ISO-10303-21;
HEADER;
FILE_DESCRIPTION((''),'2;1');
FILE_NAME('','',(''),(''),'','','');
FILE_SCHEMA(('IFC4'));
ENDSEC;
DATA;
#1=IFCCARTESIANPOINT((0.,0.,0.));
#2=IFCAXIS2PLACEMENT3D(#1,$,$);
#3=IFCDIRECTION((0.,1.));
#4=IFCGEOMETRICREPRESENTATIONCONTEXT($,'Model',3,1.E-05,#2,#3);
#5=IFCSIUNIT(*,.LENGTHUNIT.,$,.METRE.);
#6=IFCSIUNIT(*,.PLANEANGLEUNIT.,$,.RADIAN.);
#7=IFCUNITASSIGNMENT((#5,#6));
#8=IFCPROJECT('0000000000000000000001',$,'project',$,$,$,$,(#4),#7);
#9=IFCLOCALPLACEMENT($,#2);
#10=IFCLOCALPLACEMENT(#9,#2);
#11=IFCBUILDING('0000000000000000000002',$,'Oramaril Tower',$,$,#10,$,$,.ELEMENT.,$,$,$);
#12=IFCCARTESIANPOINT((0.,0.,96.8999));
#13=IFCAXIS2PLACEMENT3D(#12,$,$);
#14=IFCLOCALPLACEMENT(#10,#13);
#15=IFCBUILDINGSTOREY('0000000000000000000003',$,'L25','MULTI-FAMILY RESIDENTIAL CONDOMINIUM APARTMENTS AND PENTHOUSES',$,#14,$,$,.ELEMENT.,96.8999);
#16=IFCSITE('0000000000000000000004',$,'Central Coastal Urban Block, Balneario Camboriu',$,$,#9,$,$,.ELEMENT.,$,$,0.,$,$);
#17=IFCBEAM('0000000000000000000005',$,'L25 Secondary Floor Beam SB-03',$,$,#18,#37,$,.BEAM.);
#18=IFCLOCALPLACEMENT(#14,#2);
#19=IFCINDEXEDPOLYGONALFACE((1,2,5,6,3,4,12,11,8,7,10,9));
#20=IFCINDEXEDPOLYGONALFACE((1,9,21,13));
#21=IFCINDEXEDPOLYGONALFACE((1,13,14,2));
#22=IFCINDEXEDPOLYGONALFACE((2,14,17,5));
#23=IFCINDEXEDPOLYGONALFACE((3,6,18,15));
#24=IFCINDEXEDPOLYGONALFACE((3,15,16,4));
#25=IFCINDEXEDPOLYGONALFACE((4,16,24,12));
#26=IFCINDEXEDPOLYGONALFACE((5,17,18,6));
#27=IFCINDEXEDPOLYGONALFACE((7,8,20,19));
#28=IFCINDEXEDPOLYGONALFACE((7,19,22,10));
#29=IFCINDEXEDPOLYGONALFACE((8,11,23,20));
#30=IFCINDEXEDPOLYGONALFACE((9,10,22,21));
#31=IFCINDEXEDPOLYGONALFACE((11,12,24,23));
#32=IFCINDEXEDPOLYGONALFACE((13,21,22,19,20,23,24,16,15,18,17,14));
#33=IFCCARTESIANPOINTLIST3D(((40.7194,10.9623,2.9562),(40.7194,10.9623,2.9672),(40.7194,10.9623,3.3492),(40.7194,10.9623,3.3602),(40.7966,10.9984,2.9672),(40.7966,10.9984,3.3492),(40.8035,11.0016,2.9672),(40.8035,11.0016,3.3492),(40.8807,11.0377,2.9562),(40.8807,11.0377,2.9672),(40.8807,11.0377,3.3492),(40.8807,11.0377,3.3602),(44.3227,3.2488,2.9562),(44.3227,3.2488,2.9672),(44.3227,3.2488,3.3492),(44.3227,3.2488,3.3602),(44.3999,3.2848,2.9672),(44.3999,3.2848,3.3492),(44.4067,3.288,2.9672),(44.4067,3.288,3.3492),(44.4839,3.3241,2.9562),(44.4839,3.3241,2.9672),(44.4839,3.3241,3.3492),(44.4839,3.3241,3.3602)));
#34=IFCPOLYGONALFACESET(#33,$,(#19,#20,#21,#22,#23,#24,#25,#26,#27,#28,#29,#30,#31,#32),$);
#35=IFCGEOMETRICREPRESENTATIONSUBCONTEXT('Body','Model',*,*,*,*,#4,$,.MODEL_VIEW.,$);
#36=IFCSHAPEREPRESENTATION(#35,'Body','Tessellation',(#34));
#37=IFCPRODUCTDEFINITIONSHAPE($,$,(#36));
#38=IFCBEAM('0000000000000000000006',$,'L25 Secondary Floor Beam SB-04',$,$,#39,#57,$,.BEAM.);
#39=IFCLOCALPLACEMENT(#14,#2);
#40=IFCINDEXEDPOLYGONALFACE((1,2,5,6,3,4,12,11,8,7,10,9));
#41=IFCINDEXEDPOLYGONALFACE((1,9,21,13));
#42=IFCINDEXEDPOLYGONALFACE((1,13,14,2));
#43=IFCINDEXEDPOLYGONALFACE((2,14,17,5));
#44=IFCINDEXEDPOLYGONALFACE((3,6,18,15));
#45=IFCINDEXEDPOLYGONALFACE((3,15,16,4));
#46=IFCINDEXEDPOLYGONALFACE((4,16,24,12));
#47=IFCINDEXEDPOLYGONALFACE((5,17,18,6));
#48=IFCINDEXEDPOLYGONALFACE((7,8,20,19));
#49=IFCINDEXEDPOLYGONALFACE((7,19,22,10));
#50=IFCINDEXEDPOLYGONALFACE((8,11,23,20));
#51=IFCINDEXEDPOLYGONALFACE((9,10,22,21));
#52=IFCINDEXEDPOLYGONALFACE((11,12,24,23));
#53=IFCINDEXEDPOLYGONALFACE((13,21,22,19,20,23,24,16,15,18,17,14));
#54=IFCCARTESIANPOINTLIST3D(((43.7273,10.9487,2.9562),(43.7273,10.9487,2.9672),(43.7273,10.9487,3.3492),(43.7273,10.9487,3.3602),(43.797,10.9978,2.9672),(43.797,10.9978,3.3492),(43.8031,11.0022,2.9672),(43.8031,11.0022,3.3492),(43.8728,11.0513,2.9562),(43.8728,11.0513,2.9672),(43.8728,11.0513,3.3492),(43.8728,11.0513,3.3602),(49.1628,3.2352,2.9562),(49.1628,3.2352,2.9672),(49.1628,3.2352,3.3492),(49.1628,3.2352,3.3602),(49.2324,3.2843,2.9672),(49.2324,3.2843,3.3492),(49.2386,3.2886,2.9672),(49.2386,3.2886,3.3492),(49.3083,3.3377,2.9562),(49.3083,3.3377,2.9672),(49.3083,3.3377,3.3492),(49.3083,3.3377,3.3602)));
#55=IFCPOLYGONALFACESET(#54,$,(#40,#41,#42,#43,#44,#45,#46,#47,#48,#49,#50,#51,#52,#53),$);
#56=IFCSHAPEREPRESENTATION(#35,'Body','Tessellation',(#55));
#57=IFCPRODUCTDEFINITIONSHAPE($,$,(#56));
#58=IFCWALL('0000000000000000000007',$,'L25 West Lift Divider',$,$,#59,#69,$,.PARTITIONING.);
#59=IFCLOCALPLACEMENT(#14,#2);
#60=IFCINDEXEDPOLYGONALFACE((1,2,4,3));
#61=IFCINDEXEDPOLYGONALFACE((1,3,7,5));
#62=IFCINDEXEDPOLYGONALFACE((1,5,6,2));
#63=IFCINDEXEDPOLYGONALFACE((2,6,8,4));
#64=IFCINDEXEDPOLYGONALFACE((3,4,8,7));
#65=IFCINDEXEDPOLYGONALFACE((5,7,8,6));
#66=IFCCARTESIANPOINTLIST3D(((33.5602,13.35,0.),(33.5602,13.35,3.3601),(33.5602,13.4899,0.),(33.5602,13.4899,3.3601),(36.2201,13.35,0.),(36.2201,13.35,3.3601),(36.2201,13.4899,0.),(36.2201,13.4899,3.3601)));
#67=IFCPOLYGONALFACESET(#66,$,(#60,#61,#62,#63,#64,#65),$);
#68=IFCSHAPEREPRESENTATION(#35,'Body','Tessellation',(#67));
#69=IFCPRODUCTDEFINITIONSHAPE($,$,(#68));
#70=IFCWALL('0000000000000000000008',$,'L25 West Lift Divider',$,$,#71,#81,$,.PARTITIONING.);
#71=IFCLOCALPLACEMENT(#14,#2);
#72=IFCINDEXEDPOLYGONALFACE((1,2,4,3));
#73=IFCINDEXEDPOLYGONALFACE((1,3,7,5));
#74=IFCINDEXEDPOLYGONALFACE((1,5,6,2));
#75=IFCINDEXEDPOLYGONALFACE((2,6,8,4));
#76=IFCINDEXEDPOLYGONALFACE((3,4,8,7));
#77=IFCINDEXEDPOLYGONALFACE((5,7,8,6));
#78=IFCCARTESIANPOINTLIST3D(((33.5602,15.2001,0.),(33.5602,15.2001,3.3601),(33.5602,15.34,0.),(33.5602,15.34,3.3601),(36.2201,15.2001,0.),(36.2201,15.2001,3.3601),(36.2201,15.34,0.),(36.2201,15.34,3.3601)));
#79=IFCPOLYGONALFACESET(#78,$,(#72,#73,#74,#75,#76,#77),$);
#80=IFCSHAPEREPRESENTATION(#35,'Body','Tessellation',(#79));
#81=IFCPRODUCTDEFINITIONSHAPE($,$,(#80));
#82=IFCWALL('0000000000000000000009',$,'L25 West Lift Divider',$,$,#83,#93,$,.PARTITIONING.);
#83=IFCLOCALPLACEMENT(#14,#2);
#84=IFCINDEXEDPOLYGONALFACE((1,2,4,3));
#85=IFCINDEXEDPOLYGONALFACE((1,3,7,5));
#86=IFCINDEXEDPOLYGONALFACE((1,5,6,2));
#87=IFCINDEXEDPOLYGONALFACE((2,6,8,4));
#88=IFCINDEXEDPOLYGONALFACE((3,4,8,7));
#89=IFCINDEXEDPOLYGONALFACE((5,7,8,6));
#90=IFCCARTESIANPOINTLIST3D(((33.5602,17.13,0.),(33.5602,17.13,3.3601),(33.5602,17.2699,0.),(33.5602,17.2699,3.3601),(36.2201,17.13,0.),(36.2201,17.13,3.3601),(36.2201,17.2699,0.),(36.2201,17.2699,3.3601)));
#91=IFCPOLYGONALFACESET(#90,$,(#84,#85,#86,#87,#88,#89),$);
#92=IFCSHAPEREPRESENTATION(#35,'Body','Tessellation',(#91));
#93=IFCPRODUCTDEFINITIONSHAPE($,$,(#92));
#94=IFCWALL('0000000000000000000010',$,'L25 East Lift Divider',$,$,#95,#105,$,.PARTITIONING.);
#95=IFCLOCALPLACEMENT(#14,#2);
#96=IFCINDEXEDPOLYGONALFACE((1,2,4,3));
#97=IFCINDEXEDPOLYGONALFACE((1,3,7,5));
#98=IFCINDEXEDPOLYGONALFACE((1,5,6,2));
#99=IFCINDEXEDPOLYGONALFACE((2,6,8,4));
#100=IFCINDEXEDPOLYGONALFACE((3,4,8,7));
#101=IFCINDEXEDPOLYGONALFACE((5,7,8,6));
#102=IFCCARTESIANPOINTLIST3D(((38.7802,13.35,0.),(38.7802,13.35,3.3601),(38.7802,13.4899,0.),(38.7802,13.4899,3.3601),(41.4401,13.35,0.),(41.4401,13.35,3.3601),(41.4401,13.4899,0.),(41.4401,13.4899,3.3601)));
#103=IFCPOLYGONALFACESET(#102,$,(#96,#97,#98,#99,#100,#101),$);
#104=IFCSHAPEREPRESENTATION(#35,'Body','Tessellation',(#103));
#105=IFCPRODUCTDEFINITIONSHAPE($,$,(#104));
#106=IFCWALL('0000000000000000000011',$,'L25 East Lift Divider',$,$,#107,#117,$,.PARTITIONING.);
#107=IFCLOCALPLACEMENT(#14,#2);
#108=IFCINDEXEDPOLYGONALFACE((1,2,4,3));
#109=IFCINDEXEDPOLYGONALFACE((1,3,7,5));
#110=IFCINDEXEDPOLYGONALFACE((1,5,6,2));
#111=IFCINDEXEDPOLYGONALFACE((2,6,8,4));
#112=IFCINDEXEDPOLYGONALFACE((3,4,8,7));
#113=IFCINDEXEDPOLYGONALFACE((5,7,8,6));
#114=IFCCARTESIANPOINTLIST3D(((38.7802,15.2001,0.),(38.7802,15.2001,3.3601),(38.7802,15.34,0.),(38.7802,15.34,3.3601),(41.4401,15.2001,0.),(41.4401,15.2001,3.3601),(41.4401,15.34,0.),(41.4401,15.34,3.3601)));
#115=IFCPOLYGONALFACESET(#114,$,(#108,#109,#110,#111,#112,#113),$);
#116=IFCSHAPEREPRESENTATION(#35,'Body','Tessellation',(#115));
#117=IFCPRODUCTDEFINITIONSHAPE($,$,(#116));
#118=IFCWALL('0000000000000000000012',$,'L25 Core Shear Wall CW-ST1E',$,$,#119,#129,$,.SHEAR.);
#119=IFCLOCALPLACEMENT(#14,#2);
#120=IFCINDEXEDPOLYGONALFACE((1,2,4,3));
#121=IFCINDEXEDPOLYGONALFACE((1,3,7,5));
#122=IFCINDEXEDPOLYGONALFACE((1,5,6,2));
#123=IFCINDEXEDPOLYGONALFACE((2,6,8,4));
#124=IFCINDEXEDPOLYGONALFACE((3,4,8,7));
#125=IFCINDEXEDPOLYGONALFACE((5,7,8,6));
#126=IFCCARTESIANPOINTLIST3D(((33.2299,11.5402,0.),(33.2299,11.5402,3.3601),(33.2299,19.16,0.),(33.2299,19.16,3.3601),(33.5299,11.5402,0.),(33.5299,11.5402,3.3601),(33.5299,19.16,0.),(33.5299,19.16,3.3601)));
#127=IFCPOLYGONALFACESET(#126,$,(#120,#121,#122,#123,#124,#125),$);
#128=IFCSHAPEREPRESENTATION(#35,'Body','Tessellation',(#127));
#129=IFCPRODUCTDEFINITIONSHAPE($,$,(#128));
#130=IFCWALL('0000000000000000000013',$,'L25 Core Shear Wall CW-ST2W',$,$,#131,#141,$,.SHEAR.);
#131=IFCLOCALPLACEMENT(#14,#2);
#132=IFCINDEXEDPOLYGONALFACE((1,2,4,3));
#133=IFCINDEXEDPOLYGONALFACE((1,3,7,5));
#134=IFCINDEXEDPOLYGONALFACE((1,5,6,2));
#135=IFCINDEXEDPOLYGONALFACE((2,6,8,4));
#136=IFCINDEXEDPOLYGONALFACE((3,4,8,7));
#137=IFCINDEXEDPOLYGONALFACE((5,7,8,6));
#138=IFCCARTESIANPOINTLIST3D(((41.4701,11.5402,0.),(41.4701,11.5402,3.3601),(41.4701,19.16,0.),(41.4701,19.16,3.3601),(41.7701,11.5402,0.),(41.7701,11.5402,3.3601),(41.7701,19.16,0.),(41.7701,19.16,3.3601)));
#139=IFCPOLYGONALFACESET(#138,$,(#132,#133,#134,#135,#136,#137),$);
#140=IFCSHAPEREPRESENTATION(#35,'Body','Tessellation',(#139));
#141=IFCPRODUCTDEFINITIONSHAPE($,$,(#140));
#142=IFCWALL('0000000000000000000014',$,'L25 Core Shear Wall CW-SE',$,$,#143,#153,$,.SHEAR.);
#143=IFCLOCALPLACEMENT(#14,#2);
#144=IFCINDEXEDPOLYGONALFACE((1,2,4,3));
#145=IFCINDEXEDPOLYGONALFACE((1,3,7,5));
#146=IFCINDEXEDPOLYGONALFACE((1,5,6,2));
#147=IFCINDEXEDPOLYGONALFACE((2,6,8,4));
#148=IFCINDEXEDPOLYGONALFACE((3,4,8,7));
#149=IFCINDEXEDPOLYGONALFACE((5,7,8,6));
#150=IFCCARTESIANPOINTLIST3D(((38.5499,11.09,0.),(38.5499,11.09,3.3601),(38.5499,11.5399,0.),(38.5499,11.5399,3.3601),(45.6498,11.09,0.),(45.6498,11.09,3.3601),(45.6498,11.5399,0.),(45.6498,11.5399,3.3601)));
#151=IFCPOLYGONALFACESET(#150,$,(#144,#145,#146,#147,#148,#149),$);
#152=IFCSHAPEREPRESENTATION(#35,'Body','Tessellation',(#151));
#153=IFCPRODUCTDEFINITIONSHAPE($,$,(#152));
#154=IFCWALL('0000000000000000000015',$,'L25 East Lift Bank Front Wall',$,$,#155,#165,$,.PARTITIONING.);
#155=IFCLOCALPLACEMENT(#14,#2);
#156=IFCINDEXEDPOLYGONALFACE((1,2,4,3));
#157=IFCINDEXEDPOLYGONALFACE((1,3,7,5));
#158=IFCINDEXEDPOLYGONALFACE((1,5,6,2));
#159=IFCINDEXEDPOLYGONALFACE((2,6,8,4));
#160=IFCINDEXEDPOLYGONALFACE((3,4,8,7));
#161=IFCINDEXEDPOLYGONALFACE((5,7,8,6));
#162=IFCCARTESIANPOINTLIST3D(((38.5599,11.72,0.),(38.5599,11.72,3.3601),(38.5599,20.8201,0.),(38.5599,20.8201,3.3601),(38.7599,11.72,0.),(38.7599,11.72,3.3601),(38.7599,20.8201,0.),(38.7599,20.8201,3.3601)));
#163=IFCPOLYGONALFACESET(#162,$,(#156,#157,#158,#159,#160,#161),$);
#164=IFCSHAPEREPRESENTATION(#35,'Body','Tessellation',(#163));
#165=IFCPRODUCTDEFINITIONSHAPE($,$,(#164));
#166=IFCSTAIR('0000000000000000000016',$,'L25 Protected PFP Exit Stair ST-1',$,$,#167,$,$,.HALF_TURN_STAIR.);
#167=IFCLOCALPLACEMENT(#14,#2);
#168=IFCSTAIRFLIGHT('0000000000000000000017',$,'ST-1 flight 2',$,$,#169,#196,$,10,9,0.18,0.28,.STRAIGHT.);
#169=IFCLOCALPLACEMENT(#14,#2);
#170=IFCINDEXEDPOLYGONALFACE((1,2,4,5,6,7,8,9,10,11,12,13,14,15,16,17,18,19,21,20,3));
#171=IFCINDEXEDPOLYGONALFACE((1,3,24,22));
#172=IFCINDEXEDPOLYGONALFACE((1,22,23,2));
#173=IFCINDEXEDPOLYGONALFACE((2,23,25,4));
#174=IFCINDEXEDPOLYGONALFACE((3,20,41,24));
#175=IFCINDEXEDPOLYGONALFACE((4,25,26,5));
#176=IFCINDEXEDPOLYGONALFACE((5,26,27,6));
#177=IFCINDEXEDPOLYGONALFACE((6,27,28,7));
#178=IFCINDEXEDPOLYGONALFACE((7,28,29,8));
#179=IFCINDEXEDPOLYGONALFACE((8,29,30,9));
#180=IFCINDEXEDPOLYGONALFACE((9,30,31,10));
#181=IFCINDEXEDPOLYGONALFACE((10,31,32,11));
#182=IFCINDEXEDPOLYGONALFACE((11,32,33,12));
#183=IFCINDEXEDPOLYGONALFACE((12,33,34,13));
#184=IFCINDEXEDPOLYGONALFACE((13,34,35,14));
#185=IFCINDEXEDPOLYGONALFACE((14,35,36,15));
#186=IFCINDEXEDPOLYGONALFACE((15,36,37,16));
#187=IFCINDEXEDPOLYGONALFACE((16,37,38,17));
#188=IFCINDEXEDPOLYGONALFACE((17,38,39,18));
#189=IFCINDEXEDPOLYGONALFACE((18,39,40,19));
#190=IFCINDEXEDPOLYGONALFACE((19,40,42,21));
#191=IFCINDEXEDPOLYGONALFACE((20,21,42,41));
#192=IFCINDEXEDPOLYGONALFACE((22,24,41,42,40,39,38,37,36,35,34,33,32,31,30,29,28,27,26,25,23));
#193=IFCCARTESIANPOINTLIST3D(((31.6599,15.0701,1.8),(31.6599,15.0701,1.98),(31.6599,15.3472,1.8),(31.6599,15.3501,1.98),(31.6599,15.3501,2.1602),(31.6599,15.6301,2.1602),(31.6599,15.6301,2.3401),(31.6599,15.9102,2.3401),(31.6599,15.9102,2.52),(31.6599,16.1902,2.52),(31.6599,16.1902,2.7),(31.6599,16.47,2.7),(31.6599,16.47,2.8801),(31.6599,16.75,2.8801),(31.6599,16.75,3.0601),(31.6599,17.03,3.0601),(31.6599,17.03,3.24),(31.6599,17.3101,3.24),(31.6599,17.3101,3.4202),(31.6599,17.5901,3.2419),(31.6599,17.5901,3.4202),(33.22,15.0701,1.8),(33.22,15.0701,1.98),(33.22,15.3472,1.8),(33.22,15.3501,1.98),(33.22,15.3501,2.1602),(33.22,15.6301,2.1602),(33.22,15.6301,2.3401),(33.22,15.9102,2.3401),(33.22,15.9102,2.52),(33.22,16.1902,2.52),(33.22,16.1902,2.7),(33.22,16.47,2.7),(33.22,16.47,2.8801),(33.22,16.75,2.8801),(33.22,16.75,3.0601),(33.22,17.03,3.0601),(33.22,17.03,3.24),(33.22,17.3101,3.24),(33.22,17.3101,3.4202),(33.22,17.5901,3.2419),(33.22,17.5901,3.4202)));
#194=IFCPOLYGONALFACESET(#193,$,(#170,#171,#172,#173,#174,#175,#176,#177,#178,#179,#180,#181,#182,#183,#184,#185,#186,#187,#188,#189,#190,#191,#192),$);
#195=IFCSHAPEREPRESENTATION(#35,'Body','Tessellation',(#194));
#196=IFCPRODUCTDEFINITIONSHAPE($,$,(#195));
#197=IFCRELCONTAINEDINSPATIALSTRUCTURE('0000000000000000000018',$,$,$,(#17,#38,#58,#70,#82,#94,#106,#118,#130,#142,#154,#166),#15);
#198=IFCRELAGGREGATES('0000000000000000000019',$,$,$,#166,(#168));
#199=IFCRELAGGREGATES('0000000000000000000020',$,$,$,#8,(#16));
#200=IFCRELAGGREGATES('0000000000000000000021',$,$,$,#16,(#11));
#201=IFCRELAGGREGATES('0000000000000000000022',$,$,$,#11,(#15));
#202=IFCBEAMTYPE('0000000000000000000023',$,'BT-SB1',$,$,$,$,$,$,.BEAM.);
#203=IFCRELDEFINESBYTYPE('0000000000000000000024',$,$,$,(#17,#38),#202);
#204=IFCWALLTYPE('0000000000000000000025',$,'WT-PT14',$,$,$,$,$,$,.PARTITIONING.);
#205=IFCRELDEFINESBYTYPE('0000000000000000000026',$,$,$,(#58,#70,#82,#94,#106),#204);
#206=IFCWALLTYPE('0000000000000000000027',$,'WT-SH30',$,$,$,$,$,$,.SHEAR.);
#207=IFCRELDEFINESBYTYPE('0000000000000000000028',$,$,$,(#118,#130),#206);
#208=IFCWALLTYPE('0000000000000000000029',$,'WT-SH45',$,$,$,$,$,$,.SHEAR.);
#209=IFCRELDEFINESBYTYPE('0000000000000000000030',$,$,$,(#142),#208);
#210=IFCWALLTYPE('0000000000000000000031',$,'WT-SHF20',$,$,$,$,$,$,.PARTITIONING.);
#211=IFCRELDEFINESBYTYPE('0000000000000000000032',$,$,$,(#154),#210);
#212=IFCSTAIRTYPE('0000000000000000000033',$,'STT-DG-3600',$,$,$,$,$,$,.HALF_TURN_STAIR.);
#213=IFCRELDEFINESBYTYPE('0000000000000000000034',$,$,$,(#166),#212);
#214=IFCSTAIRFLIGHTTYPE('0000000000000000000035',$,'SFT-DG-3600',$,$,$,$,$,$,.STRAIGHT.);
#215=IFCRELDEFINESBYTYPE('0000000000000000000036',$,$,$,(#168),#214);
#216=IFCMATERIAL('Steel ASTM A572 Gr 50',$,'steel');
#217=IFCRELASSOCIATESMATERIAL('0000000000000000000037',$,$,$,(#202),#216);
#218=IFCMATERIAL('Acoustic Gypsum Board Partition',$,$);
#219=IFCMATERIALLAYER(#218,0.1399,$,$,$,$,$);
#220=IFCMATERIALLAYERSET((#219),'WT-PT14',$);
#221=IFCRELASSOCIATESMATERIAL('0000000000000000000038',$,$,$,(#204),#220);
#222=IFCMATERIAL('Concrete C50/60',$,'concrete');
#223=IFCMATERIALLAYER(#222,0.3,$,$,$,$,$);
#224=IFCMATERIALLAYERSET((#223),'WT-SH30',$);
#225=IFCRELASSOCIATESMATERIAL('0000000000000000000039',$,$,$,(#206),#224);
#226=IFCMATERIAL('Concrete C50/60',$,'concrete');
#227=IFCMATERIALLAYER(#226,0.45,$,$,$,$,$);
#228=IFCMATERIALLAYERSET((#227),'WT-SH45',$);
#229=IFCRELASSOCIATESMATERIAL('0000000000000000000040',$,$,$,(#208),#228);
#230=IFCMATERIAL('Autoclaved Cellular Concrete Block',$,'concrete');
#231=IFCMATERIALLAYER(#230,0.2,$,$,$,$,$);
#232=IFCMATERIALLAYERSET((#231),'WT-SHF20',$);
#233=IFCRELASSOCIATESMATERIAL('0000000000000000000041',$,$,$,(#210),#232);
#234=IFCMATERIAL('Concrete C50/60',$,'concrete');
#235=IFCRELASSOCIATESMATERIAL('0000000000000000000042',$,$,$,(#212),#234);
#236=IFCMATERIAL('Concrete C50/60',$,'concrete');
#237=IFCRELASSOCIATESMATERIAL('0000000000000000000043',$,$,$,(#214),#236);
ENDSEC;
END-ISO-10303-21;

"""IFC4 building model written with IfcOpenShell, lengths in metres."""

from ifc_helpers import new_model, si_unit, direction, frame, frame_2d, origin, origin_2d, place, context, subcontext, project, spatial, polyline, rectangle, i_section, outline, extrude, material, layer, layer_set, material_profile, profile_set, type_object, element, aggregate, save


model = new_model("IFC4")

# Units and contexts
model_context = context("Model", 3, precision=1e-05, world=origin(), true_north=direction((0.0, 1.0)))
body_context = subcontext(model_context, "Body", "Model", "MODEL_VIEW")
ifc_project = project(units=[si_unit("LENGTHUNIT", "METRE"), si_unit("PLANEANGLEUNIT", "RADIAN")], contexts=[model_context])

# Site, building, storey
site_placement = place(None, origin())
site = spatial("IfcSite", under=ifc_project, at=site_placement, Name="Central Coastal Urban Block, Balneario Camboriu", CompositionType="ELEMENT", RefElevation=0.0)
building_placement = place(site_placement, origin())
building = spatial("IfcBuilding", under=site, at=building_placement, Name="Oramaril Tower", CompositionType="ELEMENT")
storey_placement = place(building_placement, frame((0.0, 0.0, 96.8999)))
storey = spatial("IfcBuildingStorey", under=building, at=storey_placement, Name="L25", Description="MULTI-FAMILY RESIDENTIAL CONDOMINIUM APARTMENTS AND PENTHOUSES", CompositionType="ELEMENT", Elevation=96.8999)

# Beams
ifc_material_1 = material(Name="Steel ASTM A572 Gr 50", Category="steel")
ifc_material_profile = material_profile(ifc_material_1, i_section(OverallWidth=0.178, OverallDepth=0.4041, WebThickness=0.0076, FlangeThickness=0.011, at=origin_2d()), Name="W16X36")
ifc_profile_set = profile_set([ifc_material_profile], Name="Steel ASTM A572 Gr 50")
beam_type = type_object("IfcBeamType", Name="BT-SB1", PredefinedType="BEAM", material=ifc_profile_set)
beam_1_placement = place(storey_placement, frame((40.8, 11.0, 3.1582), z_axis=(0.423231, -0.906022, 0.0), x_axis=(0.906022, 0.423231, 0.0)))
element("IfcBeam", 1, at=beam_1_placement, inside=storey, type_object=beam_type, Name="L25 Secondary Floor Beam SB-03", PredefinedType="BEAM", context=body_context, shape_type="SweptSolid", body=[
    extrude(i_section(OverallWidth=0.178, OverallDepth=0.4041, WebThickness=0.0076, FlangeThickness=0.011, at=origin_2d()), origin(), (0.0, 0.0, 1.0), 8.5137),
])
beam_2_placement = place(storey_placement, frame((43.8, 11.0, 3.1582), z_axis=(0.576021, -0.817435, 0.0), x_axis=(0.817435, 0.576021, 0.0)))
element("IfcBeam", 2, at=beam_2_placement, inside=storey, type_object=beam_type, Name="L25 Secondary Floor Beam SB-04", PredefinedType="BEAM", context=body_context, shape_type="SweptSolid", body=[
    extrude(i_section(OverallWidth=0.178, OverallDepth=0.4041, WebThickness=0.0076, FlangeThickness=0.011, at=origin_2d()), origin(), (0.0, 0.0, 1.0), 9.4363),
])

# Walls
ifc_material_2 = material(Name="Acoustic Gypsum Board Partition")
ifc_layer_1 = layer(ifc_material_2, 0.1399)
ifc_layer_set_1 = layer_set([ifc_layer_1], Name="WT-PT14")
wall_type_1 = type_object("IfcWallType", Name="WT-PT14", PredefinedType="PARTITIONING", material=ifc_layer_set_1)
for number, where, z_axis, x_axis, name in (
    (3, (33.5601, 13.4199, 0.0), (0.0, 0.0, 1.0), (1.0, 0.0, 0.0), "L25 West Lift Divider"),
    (4, (33.5601, 15.27, 0.0), (0.0, 0.0, 1.0), (1.0, 0.0, 0.0), "L25 West Lift Divider"),
    (5, (33.5601, 17.2, 0.0), (0.0, 0.0, 1.0), (1.0, 0.0, 0.0), "L25 West Lift Divider"),
    (6, (38.78, 13.4199, 0.0), (0.0, 0.0, 1.0), (1.0, 0.0, 0.0), "L25 East Lift Divider"),
    (7, (38.78, 15.27, 0.0), (0.0, 0.0, 1.0), (1.0, 0.0, 0.0), "L25 East Lift Divider"),
):
    element("IfcWall", number, at=place(storey_placement, frame(where, z_axis=z_axis, x_axis=x_axis)), inside=storey, type_object=wall_type_1, Name=name, PredefinedType="PARTITIONING", context=body_context, shape_type="SweptSolid", body=[
        extrude(rectangle(XDim=2.6599, YDim=0.1399, at=frame_2d((1.3301, 0.0))), origin(), (0.0, 0.0, 1.0), 3.3601),
    ])
ifc_material_3 = material(Name="Concrete C50/60", Category="concrete")
ifc_layer_2 = layer(ifc_material_3, 0.3)
ifc_layer_set_2 = layer_set([ifc_layer_2], Name="WT-SH30")
wall_type_2 = type_object("IfcWallType", Name="WT-SH30", PredefinedType="SHEAR", material=ifc_layer_set_2)
for number, where, z_axis, x_axis, name in (
    (8, (33.3799, 11.54, 0.0), (0.0, 0.0, 1.0), (0.0, 1.0, 0.0), "L25 Core Shear Wall CW-ST1E"),
    (9, (41.6201, 11.54, 0.0), (0.0, 0.0, 1.0), (0.0, 1.0, 0.0), "L25 Core Shear Wall CW-ST2W"),
):
    element("IfcWall", number, at=place(storey_placement, frame(where, z_axis=z_axis, x_axis=x_axis)), inside=storey, type_object=wall_type_2, Name=name, PredefinedType="SHEAR", context=body_context, shape_type="SweptSolid", body=[
        extrude(rectangle(XDim=7.6199, YDim=0.3, at=frame_2d((3.8101, 0.0))), origin(), (0.0, 0.0, 1.0), 3.3601),
    ])
ifc_material_4 = material(Name="Concrete C50/60", Category="concrete")
ifc_layer_3 = layer(ifc_material_4, 0.45)
ifc_layer_set_3 = layer_set([ifc_layer_3], Name="WT-SH45")
wall_type_3 = type_object("IfcWallType", Name="WT-SH45", PredefinedType="SHEAR", material=ifc_layer_set_3)
wall_1_placement = place(storey_placement, frame((38.55, 11.3149, 0.0), z_axis=(0.0, 0.0, 1.0), x_axis=(1.0, 0.0, 0.0)))
element("IfcWall", 10, at=wall_1_placement, inside=storey, type_object=wall_type_3, Name="L25 Core Shear Wall CW-SE", PredefinedType="SHEAR", context=body_context, shape_type="SweptSolid", body=[
    extrude(rectangle(XDim=7.0999, YDim=0.45, at=frame_2d((3.5498, 0.0))), origin(), (0.0, 0.0, 1.0), 3.3601),
])

# Shared definitions
ifc_material_5 = material(Name="Autoclaved Cellular Concrete Block", Category="concrete")
ifc_layer_4 = layer(ifc_material_5, 0.2)
ifc_layer_set_4 = layer_set([ifc_layer_4], Name="WT-SHF20")
wall_type_4 = type_object("IfcWallType", Name="WT-SHF20", PredefinedType="PARTITIONING", material=ifc_layer_set_4)

# Wall
wall_2_placement = place(storey_placement, frame((38.6599, 11.72, 0.0), z_axis=(0.0, 0.0, 1.0), x_axis=(0.0, 1.0, 0.0)))
element("IfcWall", 11, at=wall_2_placement, inside=storey, type_object=wall_type_4, Name="L25 East Lift Bank Front Wall", PredefinedType="PARTITIONING", context=body_context, shape_type="SweptSolid", body=[
    extrude(rectangle(XDim=9.1001, YDim=0.2, at=frame_2d((4.55, 0.0))), origin(), (0.0, 0.0, 1.0), 3.3601),
])

# Stair, stair flight
ifc_material_6 = material(Name="Concrete C50/60", Category="concrete")
stair_type = type_object("IfcStairType", Name="STT-DG-3600", PredefinedType="HALF_TURN_STAIR", material=ifc_material_6)
stair_1_placement = place(storey_placement, origin())
stair_1 = element("IfcStair", 12, at=stair_1_placement, inside=storey, type_object=stair_type, Name="L25 Protected PFP Exit Stair ST-1", PredefinedType="HALF_TURN_STAIR")
ifc_material_7 = material(Name="Concrete C50/60", Category="concrete")
stair_flight_type = type_object("IfcStairFlightType", Name="SFT-DG-3600", PredefinedType="STRAIGHT", material=ifc_material_7)
stair_flight_1_placement = place(storey_placement, frame((32.4399, 15.0701, 1.8), z_axis=(0.0, 0.0, 1.0), x_axis=(0.0, 1.0, 0.0)))
stair_flight_1 = element("IfcStairFlight", 13, at=stair_flight_1_placement, type_object=stair_flight_type, Name="ST-1 flight 2", NumberOfRisers=10, NumberOfTreads=9, PredefinedType="STRAIGHT", RiserHeight=0.18, TreadLength=0.28, context=body_context, shape_type="SweptSolid", body=[
    extrude(outline(polyline([(0.0, 0.0), (0.0, 0.1799), (0.28, 0.1799), (0.28, 0.3601), (0.5601, 0.3601), (0.5601, 0.54), (0.8401, 0.54), (0.8401, 0.72), (1.1201, 0.72), (1.1201, 0.8999), (1.3999, 0.8999), (1.3999, 1.0801), (1.6799, 1.0801), (1.6799, 1.26), (1.96, 1.26), (1.96, 1.4399), (2.24, 1.4399), (2.24, 1.6201), (2.52, 1.6201), (2.52, 1.8), (2.52, 1.4419), (0.2771, 0.0), (0.0, 0.0)])), frame((0.0, 0.78, 0.0), z_axis=(0.0, -1.0, 0.0), x_axis=(1.0, 0.0, 0.0)), (0.0, 0.0, 1.0), 1.5601),
])
aggregate(stair_1, [stair_flight_1])

save(model, "model.ifc")
